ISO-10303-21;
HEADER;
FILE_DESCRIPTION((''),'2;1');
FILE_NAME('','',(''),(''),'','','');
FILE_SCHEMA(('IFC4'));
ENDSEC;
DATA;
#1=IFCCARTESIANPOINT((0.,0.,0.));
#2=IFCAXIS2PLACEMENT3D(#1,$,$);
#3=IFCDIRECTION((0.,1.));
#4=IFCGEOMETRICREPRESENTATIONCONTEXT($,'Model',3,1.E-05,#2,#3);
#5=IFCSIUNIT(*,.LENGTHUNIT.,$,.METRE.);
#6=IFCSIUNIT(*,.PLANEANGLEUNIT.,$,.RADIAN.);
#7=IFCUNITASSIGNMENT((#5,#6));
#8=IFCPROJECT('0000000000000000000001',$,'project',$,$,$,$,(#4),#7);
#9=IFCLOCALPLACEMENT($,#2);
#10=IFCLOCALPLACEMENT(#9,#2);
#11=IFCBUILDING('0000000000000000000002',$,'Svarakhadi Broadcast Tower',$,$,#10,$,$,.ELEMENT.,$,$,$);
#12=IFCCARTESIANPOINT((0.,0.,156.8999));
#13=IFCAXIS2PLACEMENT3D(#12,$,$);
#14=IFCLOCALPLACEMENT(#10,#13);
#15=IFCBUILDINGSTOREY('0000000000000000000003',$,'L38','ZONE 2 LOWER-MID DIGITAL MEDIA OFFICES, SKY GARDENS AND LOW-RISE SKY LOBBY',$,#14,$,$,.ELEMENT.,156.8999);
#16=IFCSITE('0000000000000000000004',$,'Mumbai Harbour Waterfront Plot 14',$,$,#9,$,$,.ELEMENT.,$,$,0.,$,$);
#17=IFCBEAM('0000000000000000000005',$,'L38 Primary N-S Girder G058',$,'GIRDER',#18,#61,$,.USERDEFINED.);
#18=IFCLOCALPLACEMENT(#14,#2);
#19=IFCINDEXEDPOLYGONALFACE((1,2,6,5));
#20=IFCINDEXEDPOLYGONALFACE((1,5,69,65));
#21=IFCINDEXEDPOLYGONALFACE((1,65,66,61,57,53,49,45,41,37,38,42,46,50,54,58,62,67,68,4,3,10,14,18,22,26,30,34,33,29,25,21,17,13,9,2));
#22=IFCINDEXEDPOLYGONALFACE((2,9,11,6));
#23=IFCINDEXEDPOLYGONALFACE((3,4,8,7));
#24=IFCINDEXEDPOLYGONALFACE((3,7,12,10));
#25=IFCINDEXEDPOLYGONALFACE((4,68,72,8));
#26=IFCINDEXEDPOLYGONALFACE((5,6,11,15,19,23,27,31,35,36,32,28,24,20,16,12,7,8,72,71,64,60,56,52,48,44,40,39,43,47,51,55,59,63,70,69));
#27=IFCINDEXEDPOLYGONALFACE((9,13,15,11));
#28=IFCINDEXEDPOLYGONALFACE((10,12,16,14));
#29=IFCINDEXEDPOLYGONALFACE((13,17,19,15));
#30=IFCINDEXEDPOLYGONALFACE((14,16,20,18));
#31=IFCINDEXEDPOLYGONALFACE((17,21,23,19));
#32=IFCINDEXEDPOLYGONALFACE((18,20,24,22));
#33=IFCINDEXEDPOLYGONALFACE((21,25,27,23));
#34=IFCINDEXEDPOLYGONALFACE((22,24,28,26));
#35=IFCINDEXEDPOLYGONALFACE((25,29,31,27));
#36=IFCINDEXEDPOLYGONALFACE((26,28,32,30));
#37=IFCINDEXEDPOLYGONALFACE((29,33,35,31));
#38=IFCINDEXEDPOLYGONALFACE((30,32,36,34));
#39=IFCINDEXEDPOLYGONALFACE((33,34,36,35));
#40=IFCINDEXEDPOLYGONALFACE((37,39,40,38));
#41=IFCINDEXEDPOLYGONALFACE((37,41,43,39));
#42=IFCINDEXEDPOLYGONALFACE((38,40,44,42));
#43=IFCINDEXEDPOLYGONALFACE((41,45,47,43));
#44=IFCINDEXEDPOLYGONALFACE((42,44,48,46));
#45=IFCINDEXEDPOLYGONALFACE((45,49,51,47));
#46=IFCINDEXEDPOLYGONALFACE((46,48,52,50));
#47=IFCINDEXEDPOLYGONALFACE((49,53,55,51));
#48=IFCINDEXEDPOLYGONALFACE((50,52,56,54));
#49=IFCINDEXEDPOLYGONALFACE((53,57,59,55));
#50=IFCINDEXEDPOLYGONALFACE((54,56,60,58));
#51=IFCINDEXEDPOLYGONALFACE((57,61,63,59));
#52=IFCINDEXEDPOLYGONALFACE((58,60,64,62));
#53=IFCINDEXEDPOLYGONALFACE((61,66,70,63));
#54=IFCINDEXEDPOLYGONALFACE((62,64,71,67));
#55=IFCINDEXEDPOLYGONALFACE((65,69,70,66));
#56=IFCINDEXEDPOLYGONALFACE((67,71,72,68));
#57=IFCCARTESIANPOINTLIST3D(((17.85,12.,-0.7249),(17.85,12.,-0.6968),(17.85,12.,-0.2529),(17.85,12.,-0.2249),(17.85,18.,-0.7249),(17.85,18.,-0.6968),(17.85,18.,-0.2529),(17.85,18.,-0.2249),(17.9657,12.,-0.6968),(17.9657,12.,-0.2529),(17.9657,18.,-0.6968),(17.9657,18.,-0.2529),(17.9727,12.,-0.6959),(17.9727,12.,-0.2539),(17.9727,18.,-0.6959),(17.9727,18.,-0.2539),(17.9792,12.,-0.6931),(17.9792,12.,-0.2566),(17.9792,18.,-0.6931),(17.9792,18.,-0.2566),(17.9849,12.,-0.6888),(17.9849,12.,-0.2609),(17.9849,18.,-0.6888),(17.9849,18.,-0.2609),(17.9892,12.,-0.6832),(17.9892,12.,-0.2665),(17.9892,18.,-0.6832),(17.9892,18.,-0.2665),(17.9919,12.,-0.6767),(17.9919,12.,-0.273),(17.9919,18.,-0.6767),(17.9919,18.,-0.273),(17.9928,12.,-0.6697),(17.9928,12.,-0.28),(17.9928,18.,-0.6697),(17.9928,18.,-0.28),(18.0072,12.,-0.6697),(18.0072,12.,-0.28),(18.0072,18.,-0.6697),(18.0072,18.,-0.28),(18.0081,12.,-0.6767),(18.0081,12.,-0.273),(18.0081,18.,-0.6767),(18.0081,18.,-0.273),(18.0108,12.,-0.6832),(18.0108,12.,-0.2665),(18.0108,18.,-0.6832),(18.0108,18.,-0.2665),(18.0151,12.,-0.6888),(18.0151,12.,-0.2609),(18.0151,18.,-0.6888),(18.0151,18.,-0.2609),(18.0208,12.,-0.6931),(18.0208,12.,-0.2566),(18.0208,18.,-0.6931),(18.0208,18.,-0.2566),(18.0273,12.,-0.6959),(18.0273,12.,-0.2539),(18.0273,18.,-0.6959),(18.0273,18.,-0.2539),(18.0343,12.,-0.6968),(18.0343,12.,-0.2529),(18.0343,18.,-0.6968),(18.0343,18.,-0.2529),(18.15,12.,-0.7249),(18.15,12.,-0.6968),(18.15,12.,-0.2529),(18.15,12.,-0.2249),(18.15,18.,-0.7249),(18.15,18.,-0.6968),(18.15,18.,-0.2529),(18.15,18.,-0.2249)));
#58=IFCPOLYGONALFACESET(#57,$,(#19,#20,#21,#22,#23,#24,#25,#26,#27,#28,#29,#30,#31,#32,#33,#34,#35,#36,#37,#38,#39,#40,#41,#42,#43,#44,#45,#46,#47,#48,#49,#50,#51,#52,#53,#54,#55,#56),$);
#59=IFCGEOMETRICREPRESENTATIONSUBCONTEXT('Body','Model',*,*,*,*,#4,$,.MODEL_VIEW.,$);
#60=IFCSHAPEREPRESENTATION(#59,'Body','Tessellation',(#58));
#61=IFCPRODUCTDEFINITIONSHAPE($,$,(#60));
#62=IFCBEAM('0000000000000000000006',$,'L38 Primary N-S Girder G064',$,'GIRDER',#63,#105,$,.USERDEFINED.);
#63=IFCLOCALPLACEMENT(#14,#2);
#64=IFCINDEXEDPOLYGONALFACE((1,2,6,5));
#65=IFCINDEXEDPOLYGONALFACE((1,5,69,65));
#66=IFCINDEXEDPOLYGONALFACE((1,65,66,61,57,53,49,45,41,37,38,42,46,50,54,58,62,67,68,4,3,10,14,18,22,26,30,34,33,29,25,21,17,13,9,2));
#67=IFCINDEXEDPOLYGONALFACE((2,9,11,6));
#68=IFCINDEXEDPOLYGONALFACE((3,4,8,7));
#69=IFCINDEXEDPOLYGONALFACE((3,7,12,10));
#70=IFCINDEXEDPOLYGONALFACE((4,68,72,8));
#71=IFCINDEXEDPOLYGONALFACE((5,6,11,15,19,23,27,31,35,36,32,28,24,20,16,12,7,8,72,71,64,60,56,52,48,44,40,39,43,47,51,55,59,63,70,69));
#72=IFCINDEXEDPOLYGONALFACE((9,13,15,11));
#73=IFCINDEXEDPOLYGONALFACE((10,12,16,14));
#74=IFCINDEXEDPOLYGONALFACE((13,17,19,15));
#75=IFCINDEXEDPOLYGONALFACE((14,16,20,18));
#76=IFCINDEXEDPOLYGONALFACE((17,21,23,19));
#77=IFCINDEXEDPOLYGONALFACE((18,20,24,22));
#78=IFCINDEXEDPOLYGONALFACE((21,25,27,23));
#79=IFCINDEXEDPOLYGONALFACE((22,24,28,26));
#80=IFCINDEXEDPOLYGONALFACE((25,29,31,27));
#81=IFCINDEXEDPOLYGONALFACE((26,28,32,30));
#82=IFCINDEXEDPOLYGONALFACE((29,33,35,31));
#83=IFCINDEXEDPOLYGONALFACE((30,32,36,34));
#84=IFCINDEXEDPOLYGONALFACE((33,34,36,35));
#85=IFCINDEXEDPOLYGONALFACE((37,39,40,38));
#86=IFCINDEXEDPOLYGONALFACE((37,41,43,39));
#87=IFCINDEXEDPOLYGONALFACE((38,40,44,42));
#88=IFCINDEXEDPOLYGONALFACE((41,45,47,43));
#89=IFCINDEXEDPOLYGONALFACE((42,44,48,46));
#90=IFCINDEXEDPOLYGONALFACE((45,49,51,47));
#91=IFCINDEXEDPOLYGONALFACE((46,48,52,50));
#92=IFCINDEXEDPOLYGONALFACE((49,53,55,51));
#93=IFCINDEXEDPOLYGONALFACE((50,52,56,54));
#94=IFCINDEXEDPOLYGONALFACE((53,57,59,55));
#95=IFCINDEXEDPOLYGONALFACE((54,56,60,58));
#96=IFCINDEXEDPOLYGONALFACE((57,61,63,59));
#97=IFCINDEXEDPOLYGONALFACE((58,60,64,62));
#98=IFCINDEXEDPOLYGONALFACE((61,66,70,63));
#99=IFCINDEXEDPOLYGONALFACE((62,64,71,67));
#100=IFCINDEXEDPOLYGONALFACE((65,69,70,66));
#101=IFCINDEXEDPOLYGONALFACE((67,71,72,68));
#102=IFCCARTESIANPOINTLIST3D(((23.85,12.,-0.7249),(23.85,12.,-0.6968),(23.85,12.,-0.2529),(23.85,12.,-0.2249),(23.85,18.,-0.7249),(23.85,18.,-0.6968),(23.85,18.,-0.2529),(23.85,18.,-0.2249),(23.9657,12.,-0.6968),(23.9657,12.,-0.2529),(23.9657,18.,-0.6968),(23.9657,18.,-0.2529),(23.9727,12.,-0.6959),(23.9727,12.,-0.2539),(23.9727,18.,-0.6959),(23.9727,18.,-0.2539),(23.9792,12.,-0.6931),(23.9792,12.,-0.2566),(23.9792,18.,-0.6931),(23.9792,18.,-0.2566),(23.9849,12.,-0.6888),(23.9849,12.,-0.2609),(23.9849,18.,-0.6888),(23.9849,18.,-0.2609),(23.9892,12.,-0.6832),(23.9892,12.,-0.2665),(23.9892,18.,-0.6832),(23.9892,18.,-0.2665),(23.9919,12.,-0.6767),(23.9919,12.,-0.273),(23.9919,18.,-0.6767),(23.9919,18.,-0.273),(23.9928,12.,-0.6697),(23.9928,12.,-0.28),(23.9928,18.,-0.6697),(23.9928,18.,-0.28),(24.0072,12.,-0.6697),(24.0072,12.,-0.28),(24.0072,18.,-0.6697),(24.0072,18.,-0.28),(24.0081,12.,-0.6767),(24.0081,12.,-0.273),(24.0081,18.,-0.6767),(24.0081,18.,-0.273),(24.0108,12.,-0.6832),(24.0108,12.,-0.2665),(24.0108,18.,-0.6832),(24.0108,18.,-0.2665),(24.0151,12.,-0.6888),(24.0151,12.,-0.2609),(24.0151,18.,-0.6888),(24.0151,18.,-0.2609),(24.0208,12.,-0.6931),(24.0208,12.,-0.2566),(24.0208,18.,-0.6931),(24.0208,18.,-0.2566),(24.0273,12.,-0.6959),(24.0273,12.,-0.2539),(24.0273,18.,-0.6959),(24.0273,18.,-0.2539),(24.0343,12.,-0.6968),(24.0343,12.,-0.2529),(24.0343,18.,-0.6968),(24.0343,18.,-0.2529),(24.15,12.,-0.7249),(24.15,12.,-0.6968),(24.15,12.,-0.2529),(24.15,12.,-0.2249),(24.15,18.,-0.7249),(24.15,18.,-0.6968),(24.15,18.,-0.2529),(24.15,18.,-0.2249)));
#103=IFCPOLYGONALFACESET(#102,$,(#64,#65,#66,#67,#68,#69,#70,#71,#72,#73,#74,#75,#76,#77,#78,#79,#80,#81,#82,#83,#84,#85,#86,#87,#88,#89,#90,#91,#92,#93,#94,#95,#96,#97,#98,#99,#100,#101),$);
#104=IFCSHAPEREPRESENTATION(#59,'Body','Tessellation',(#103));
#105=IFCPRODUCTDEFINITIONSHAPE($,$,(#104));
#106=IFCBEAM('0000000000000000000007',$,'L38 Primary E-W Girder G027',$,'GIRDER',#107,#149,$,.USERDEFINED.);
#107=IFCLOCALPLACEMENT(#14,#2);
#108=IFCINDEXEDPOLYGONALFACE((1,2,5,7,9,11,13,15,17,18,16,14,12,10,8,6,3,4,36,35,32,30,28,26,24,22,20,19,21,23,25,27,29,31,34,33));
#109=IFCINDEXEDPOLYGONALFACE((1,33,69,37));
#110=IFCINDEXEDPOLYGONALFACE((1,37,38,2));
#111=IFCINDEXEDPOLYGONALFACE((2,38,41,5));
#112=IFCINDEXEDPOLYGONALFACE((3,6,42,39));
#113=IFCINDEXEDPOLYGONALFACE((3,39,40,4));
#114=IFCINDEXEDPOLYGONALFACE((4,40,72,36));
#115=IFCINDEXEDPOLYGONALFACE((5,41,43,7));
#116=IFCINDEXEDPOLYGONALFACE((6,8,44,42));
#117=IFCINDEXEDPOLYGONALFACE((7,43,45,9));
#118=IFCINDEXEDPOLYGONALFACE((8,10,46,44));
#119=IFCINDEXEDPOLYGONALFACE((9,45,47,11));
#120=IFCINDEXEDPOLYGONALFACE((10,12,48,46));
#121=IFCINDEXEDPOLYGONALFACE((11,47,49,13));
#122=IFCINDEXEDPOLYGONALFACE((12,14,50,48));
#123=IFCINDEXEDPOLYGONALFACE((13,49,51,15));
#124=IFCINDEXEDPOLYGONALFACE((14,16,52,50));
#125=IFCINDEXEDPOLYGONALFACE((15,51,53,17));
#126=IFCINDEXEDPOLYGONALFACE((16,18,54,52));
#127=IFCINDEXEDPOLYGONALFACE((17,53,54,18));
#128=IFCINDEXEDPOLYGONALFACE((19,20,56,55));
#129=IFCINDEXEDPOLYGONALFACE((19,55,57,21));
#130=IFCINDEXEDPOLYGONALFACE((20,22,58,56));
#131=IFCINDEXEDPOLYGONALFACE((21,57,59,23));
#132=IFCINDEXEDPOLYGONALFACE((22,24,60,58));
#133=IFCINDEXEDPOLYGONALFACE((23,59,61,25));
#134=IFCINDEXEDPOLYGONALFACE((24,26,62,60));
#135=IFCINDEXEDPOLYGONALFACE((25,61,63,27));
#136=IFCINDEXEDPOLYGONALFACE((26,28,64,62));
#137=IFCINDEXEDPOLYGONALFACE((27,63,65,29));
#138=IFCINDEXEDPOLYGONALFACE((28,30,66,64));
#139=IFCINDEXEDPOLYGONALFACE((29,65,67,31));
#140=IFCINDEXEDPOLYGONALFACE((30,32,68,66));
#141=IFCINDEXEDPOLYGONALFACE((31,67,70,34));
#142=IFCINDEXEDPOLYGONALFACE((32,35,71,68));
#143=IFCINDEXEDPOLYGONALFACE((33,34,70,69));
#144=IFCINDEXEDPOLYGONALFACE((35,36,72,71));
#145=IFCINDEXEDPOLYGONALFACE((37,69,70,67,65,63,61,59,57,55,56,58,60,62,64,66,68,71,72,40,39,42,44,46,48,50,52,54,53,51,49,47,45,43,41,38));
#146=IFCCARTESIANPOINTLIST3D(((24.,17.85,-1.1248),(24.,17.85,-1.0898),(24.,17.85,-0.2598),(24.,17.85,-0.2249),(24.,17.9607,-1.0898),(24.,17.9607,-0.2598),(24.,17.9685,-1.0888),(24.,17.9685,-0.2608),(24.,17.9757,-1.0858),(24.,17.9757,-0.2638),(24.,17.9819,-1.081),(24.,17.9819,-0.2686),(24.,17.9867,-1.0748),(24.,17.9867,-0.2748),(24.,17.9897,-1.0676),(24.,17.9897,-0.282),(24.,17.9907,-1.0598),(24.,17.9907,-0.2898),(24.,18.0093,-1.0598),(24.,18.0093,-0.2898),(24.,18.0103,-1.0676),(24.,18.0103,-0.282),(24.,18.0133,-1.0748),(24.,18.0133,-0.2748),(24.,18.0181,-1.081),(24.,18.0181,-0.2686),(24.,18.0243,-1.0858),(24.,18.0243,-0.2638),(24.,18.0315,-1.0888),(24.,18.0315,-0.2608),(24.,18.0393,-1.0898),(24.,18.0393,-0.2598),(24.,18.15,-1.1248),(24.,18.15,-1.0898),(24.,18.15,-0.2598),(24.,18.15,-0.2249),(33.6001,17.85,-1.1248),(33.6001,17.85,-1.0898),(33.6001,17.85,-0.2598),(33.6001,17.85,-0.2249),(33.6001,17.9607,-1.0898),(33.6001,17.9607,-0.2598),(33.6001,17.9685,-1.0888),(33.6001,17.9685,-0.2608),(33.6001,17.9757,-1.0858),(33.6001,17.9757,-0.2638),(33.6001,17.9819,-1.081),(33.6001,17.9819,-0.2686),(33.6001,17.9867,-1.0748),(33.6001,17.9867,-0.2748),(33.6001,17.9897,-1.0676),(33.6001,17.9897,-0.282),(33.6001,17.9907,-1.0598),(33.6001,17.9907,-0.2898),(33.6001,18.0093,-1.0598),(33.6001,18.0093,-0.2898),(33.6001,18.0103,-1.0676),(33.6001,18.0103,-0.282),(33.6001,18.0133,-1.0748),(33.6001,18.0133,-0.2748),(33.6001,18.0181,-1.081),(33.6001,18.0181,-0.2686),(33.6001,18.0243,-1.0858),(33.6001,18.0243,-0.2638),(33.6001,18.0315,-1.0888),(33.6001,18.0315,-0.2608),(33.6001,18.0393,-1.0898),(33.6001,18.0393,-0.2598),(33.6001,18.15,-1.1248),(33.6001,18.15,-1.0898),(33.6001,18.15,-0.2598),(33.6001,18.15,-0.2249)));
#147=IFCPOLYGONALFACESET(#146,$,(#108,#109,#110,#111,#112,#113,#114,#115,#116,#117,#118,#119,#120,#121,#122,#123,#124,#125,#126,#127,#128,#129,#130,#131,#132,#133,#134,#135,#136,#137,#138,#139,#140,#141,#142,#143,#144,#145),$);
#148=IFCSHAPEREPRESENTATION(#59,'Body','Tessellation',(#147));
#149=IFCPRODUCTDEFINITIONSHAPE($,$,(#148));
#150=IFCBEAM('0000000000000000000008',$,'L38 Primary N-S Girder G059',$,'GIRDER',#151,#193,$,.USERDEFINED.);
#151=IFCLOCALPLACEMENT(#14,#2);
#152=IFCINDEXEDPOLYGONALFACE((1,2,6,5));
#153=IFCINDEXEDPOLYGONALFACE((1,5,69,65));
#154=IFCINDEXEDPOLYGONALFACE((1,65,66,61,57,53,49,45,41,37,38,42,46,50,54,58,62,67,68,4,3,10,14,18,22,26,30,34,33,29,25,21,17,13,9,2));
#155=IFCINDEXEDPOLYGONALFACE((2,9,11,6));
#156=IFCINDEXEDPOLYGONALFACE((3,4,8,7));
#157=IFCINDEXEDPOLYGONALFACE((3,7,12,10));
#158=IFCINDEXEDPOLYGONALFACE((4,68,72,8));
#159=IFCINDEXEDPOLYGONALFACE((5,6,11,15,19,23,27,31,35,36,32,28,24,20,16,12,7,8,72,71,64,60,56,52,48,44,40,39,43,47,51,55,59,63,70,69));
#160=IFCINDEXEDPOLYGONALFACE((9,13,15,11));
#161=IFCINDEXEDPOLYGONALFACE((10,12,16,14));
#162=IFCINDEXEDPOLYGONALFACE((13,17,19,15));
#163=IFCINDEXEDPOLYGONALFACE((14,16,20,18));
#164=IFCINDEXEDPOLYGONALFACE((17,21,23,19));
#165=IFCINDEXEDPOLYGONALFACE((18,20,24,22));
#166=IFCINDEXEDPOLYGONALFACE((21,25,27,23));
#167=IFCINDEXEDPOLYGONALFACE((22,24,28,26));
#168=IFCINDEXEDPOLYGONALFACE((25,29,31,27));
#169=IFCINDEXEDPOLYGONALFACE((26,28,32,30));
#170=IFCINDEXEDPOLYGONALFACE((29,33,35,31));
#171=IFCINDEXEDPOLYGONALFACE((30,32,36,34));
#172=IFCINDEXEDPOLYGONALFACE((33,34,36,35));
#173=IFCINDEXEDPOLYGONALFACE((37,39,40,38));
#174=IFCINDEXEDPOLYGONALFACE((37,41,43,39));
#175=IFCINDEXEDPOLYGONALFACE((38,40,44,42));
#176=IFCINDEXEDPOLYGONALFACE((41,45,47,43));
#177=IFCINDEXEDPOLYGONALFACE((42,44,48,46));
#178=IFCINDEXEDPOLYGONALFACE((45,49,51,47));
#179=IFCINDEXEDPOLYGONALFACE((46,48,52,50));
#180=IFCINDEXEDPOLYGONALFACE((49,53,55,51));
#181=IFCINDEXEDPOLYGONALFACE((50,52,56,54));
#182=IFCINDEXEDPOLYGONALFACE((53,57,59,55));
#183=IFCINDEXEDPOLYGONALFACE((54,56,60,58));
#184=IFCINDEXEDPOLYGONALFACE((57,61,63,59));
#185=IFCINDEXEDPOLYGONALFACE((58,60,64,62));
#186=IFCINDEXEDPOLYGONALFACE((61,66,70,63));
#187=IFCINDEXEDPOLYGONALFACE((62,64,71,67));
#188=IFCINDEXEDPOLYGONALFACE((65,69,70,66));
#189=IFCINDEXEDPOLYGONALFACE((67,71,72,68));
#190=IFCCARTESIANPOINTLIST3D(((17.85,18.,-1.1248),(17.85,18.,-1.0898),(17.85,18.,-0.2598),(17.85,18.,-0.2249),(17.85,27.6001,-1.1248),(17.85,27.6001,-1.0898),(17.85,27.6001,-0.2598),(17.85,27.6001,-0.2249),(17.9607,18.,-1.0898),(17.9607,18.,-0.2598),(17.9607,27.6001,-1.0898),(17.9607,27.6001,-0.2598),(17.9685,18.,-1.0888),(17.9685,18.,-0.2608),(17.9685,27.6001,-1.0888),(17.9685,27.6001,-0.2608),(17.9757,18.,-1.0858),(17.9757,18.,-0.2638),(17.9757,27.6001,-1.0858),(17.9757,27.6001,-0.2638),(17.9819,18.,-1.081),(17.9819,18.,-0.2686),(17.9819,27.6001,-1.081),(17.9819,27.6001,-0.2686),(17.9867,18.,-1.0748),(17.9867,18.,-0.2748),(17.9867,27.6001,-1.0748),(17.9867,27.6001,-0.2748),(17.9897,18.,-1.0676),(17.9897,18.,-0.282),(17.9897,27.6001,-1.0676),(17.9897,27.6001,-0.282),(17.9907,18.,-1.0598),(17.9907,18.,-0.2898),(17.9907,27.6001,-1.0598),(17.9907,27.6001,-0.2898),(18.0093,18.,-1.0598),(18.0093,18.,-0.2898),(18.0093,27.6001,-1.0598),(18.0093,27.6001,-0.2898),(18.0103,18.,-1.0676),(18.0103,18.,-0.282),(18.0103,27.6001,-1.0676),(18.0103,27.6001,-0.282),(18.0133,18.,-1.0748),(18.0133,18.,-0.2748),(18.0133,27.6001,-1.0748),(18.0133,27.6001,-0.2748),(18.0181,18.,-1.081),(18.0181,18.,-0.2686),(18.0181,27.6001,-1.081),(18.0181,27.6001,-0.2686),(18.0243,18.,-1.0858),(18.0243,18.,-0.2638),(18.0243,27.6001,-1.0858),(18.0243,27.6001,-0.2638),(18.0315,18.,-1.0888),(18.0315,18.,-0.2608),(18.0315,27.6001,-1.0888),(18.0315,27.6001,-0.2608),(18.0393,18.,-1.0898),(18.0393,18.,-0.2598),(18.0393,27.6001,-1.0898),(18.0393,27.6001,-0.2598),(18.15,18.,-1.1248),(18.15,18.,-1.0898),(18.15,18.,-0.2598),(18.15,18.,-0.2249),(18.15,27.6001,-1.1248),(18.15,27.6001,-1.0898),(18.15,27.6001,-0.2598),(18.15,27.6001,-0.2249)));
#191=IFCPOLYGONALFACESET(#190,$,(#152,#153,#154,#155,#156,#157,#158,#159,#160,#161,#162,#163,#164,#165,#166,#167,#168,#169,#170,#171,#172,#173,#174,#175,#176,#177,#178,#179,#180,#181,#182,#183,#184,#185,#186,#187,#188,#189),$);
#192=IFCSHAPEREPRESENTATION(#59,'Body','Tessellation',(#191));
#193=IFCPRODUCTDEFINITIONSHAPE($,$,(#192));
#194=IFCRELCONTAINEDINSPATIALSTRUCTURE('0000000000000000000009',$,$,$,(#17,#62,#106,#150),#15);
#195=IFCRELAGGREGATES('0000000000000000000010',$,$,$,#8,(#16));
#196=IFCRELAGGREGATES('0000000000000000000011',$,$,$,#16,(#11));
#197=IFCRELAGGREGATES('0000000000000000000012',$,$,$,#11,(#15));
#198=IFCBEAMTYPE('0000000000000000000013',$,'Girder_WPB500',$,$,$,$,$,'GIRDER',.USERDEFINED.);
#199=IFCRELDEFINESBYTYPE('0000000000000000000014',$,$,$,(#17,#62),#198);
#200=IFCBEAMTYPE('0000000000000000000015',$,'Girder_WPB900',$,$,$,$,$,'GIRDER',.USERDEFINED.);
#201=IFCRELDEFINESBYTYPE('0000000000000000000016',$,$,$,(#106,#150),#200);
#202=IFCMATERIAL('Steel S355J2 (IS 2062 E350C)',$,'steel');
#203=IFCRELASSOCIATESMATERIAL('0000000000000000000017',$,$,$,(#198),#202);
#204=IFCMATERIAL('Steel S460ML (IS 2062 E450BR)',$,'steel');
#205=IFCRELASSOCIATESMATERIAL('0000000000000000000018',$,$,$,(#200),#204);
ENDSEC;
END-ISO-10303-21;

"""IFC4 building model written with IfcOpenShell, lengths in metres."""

from ifc_helpers import new_model, si_unit, direction, frame, origin, origin_2d, place, context, subcontext, project, spatial, i_section, extrude, material, material_profile, profile_set, type_object, element, save


model = new_model("IFC4")

# Units and contexts
model_context = context("Model", 3, precision=1e-05, world=origin(), true_north=direction((0.0, 1.0)))
body_context = subcontext(model_context, "Body", "Model", "MODEL_VIEW")
ifc_project = project(units=[si_unit("LENGTHUNIT", "METRE"), si_unit("PLANEANGLEUNIT", "RADIAN")], contexts=[model_context])

# Site, building, storey
site_placement = place(None, origin())
site = spatial("IfcSite", under=ifc_project, at=site_placement, Name="Mumbai Harbour Waterfront Plot 14", CompositionType="ELEMENT", RefElevation=0.0)
building_placement = place(site_placement, origin())
building = spatial("IfcBuilding", under=site, at=building_placement, Name="Svarakhadi Broadcast Tower", CompositionType="ELEMENT")
storey_placement = place(building_placement, frame((0.0, 0.0, 156.8999)))
storey = spatial("IfcBuildingStorey", under=building, at=storey_placement, Name="L38", Description="ZONE 2 LOWER-MID DIGITAL MEDIA OFFICES, SKY GARDENS AND LOW-RISE SKY LOBBY", CompositionType="ELEMENT", Elevation=156.8999)

# Beams
ifc_material_1 = material(Name="Steel S355J2 (IS 2062 E350C)", Category="steel")
ifc_material_profile_1 = material_profile(ifc_material_1, i_section(OverallWidth=0.3, OverallDepth=0.5, WebThickness=0.0144, FlangeThickness=0.0281, FilletRadius=0.0271, at=origin_2d()), Name="WPB 500x300x187")
ifc_profile_set_1 = profile_set([ifc_material_profile_1], Name="Steel S355J2 (IS 2062 E350C)")
beam_type_1 = type_object("IfcBeamType", Name="Girder_WPB500", ElementType="GIRDER", PredefinedType="USERDEFINED", material=ifc_profile_set_1)
for number, where, z_axis, x_axis, name in (
    (1, (18.0, 12.0, -0.4749), (0.0, 1.0, 0.0), (-1.0, 0.0, 0.0), "L38 Primary N-S Girder G058"),
    (2, (24.0, 12.0, -0.4749), (0.0, 1.0, 0.0), (-1.0, 0.0, 0.0), "L38 Primary N-S Girder G064"),
):
    element("IfcBeam", number, at=place(storey_placement, frame(where, z_axis=z_axis, x_axis=x_axis)), inside=storey, type_object=beam_type_1, Name=name, ObjectType="GIRDER", PredefinedType="USERDEFINED", context=body_context, shape_type="SweptSolid", body=[
        extrude(i_section(OverallWidth=0.3, OverallDepth=0.5, WebThickness=0.0144, FlangeThickness=0.0281, FilletRadius=0.0271, at=origin_2d()), origin(), (0.0, 0.0, 1.0), 6.0),
    ])
ifc_material_2 = material(Name="Steel S460ML (IS 2062 E450BR)", Category="steel")
ifc_material_profile_2 = material_profile(ifc_material_2, i_section(OverallWidth=0.3, OverallDepth=0.8999, WebThickness=0.0186, FlangeThickness=0.0349, FilletRadius=0.03, at=origin_2d()), Name="WPB 900x300x291")
ifc_profile_set_2 = profile_set([ifc_material_profile_2], Name="Steel S460ML (IS 2062 E450BR)")
beam_type_2 = type_object("IfcBeamType", Name="Girder_WPB900", ElementType="GIRDER", PredefinedType="USERDEFINED", material=ifc_profile_set_2)
for number, where, z_axis, x_axis, name in (
    (3, (24.0, 18.0, -0.6748), (1.0, 0.0, 0.0), (0.0, 1.0, 0.0), "L38 Primary E-W Girder G027"),
    (4, (18.0, 18.0, -0.6748), (0.0, 1.0, 0.0), (-1.0, 0.0, 0.0), "L38 Primary N-S Girder G059"),
):
    element("IfcBeam", number, at=place(storey_placement, frame(where, z_axis=z_axis, x_axis=x_axis)), inside=storey, type_object=beam_type_2, Name=name, ObjectType="GIRDER", PredefinedType="USERDEFINED", context=body_context, shape_type="SweptSolid", body=[
        extrude(i_section(OverallWidth=0.3, OverallDepth=0.8999, WebThickness=0.0186, FlangeThickness=0.0349, FilletRadius=0.03, at=origin_2d()), origin(), (0.0, 0.0, 1.0), 9.6001),
    ])

save(model, "model.ifc")
